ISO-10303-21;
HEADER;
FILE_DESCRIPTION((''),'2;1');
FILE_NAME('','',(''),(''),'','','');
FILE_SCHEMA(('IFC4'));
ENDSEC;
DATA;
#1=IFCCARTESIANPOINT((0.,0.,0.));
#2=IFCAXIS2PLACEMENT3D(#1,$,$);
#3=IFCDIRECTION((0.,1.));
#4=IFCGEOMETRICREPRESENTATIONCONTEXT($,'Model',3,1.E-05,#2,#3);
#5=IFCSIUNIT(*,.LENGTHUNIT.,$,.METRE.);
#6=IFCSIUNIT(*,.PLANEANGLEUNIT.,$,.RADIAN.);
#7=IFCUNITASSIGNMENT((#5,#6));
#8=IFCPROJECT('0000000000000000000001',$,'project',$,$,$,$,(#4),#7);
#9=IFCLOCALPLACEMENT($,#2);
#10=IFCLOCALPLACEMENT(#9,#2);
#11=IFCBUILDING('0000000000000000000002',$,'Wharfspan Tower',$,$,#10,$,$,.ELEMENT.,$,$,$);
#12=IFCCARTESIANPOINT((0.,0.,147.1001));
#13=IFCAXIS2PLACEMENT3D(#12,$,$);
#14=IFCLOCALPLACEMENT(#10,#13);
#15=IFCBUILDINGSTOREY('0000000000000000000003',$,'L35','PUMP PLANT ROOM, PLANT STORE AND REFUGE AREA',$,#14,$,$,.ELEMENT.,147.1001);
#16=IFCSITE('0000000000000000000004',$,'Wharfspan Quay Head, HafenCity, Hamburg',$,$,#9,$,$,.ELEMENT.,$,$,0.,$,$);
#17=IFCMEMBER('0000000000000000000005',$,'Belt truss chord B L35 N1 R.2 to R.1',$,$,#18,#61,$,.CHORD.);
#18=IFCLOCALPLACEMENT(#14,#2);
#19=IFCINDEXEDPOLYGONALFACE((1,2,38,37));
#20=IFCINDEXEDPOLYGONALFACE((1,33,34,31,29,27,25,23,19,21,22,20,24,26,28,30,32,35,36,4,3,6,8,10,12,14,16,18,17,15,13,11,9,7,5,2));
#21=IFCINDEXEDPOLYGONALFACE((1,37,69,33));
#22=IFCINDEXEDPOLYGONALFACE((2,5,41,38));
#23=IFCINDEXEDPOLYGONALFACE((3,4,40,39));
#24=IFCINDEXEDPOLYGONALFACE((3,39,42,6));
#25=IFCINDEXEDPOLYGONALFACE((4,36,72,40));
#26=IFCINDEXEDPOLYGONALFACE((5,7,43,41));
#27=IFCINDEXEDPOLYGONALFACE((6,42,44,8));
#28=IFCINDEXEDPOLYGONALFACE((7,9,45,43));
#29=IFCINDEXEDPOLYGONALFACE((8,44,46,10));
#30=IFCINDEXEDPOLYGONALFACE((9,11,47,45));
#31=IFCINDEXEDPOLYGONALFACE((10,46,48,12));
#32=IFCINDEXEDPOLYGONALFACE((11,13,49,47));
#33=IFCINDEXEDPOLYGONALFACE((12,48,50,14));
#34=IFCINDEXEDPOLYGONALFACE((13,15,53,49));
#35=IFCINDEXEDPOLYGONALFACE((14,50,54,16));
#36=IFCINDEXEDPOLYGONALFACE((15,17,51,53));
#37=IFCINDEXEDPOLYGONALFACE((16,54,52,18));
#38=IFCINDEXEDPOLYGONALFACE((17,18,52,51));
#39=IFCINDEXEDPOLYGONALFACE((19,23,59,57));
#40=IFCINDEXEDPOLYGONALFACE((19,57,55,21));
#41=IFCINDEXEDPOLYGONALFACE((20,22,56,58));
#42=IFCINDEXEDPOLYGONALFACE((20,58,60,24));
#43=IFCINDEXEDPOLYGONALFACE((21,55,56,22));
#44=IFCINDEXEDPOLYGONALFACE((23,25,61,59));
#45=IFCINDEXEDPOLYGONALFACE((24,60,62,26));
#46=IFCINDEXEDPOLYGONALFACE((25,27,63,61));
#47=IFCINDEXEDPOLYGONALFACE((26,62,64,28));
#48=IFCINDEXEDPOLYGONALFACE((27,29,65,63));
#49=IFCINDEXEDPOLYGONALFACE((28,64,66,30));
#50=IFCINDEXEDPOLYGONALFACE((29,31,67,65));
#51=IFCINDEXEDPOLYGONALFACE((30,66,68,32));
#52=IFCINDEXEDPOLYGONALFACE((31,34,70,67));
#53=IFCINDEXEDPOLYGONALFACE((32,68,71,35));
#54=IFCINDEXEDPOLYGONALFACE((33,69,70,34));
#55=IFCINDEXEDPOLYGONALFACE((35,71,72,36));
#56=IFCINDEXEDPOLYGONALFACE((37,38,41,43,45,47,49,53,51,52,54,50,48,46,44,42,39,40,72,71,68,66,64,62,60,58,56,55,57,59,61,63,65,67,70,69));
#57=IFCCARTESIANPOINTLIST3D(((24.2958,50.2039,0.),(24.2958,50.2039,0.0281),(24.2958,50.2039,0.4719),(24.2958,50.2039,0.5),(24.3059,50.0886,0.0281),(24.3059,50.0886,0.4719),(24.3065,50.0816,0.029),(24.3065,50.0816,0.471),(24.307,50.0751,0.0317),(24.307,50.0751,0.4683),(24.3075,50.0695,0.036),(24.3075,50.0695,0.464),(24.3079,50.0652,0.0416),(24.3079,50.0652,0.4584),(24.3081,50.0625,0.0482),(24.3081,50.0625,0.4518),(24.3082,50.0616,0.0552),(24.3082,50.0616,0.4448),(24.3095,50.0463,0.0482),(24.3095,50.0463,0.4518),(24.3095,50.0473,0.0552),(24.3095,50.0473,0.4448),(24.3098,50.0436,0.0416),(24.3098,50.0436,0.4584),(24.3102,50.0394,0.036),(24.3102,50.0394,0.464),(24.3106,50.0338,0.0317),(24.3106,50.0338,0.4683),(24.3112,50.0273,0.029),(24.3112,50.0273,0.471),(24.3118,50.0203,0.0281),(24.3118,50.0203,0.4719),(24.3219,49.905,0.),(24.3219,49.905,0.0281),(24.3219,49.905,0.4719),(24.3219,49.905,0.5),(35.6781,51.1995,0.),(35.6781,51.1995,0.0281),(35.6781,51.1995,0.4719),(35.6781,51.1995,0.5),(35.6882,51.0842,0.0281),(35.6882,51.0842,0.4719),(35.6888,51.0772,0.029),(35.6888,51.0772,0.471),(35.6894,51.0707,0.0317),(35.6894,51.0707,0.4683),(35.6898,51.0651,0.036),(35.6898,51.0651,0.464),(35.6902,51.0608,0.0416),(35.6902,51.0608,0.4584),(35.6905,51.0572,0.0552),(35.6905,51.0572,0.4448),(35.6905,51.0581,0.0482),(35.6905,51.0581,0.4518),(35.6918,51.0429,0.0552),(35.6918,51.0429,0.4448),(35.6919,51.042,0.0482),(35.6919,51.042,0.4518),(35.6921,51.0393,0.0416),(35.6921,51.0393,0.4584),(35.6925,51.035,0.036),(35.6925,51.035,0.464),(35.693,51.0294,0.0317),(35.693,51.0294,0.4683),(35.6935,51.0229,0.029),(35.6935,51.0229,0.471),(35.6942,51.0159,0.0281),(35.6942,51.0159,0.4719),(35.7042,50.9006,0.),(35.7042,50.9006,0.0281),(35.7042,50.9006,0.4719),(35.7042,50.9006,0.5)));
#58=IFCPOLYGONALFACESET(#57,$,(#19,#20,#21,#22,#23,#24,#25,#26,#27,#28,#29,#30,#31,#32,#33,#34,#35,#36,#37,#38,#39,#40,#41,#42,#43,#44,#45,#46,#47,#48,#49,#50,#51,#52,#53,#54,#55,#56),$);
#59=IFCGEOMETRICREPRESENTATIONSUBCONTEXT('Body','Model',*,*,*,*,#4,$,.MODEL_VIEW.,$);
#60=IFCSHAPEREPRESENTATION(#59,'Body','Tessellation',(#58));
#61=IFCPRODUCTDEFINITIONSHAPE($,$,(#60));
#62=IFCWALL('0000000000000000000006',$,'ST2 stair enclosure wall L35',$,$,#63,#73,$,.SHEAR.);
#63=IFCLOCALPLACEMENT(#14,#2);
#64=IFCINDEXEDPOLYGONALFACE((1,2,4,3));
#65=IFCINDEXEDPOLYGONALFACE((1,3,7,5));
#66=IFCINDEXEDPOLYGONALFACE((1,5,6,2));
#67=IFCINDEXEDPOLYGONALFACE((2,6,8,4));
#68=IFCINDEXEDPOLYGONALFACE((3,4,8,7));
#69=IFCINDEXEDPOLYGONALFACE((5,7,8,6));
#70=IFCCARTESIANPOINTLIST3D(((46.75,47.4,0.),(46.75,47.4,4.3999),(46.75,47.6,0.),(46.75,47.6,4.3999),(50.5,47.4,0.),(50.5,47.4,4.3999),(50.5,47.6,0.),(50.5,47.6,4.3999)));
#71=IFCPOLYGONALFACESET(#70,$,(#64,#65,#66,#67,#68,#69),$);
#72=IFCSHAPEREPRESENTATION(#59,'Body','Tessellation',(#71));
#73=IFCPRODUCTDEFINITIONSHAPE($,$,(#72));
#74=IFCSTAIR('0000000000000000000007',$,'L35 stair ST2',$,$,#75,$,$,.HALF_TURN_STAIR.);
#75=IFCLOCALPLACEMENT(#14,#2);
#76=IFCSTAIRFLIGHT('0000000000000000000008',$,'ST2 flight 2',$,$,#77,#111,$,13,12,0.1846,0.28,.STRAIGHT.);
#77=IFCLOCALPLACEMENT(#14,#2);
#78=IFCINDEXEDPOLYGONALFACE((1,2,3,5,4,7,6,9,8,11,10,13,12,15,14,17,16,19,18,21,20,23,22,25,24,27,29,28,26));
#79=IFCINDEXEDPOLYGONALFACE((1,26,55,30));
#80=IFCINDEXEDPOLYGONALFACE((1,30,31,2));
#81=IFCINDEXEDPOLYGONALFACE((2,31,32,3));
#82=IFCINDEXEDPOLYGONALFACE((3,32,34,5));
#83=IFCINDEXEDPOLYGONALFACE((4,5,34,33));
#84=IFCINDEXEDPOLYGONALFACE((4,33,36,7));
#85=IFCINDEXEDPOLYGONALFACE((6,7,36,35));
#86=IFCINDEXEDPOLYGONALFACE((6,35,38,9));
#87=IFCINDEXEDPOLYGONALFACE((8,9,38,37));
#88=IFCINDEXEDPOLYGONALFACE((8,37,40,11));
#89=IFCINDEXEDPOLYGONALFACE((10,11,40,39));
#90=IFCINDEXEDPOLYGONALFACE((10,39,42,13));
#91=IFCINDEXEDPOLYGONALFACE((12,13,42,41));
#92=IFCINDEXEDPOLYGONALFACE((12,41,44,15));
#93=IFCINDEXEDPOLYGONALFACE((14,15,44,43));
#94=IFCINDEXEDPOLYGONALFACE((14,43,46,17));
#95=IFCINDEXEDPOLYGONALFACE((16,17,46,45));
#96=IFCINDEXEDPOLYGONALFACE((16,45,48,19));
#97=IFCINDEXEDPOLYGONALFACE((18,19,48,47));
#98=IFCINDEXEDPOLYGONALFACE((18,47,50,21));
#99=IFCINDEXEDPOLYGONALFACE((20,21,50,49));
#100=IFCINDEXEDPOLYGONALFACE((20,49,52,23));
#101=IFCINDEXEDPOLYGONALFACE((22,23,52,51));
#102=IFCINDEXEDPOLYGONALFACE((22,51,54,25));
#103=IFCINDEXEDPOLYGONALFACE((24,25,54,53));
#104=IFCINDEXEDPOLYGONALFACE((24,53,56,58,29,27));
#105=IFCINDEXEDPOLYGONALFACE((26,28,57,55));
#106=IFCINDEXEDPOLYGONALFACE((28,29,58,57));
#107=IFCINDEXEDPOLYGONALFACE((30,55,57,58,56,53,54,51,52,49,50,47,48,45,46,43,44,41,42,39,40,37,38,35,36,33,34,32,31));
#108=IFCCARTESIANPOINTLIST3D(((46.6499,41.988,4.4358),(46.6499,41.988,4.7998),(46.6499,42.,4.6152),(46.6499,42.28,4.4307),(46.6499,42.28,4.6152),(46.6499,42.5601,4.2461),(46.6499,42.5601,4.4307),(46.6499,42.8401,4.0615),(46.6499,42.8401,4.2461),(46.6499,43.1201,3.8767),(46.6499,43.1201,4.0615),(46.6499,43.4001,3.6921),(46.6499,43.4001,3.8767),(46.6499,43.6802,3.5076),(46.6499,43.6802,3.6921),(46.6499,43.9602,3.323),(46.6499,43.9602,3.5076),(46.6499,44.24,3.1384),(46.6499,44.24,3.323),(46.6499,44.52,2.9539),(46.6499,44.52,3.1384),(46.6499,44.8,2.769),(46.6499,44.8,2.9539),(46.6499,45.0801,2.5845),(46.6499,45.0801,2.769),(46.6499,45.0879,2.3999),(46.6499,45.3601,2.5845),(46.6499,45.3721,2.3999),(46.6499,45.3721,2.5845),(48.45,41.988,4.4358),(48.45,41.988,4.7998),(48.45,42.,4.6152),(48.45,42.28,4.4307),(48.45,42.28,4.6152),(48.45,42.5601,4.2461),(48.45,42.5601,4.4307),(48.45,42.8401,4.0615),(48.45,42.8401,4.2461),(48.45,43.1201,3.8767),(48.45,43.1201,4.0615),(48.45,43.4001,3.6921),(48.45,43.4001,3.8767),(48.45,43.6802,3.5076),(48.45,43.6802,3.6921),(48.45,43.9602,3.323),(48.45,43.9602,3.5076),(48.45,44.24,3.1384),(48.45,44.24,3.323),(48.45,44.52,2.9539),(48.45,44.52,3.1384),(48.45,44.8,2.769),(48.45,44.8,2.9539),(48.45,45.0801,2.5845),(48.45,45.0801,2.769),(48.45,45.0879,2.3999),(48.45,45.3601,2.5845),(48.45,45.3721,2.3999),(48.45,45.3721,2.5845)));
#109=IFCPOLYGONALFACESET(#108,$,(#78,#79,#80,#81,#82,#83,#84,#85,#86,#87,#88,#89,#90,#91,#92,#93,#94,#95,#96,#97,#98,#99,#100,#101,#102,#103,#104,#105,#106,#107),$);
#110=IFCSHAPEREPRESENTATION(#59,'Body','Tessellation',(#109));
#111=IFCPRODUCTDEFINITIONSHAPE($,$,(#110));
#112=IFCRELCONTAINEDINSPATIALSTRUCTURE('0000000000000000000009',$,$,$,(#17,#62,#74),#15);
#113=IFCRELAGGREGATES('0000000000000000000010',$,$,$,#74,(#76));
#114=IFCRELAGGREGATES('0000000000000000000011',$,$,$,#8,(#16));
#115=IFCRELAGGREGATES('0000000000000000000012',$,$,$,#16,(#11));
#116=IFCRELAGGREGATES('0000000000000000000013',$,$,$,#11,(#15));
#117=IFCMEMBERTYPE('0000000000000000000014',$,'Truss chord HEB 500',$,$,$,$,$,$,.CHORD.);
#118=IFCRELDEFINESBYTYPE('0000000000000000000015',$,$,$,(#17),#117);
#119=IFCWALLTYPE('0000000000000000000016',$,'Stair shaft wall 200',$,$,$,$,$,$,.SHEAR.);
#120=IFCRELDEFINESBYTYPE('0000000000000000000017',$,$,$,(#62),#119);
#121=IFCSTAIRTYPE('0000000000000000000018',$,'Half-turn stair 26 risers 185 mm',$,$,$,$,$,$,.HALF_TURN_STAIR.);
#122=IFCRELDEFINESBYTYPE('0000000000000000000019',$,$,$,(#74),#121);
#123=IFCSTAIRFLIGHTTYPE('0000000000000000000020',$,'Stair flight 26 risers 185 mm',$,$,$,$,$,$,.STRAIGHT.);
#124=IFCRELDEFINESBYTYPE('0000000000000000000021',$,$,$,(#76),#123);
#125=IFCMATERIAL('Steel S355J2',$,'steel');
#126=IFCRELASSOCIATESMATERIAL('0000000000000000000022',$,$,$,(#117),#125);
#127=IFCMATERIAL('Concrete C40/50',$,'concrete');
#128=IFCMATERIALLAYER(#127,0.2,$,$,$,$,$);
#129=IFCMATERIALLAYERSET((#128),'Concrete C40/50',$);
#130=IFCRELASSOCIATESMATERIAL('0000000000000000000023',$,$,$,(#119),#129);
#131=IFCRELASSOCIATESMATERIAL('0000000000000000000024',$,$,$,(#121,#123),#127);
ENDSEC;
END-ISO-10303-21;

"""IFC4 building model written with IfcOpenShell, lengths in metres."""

from ifc_helpers import new_model, si_unit, direction, frame, frame_2d, origin, origin_2d, place, context, subcontext, project, spatial, polyline, rectangle, i_section, outline, extrude, material, layer, layer_set, material_profile, profile_set, type_object, element, aggregate, save


model = new_model("IFC4")

# Units and contexts
model_context = context("Model", 3, precision=1e-05, world=origin(), true_north=direction((0.0, 1.0)))
body_context = subcontext(model_context, "Body", "Model", "MODEL_VIEW")
ifc_project = project(units=[si_unit("LENGTHUNIT", "METRE"), si_unit("PLANEANGLEUNIT", "RADIAN")], contexts=[model_context])

# Site, building, storey
site_placement = place(None, origin())
site = spatial("IfcSite", under=ifc_project, at=site_placement, Name="Wharfspan Quay Head, HafenCity, Hamburg", CompositionType="ELEMENT", RefElevation=0.0)
building_placement = place(site_placement, origin())
building = spatial("IfcBuilding", under=site, at=building_placement, Name="Wharfspan Tower", CompositionType="ELEMENT")
storey_placement = place(building_placement, frame((0.0, 0.0, 147.1001)))
storey = spatial("IfcBuildingStorey", under=building, at=storey_placement, Name="L35", Description="PUMP PLANT ROOM, PLANT STORE AND REFUGE AREA", CompositionType="ELEMENT", Elevation=147.1001)

# Shared definitions
ifc_material_1 = material(Name="Steel S355J2", Category="steel")

# Member
ifc_material_profile_1 = material_profile(ifc_material_1, i_section(OverallWidth=0.3, OverallDepth=0.5, WebThickness=0.0144, FlangeThickness=0.0281, FilletRadius=0.0271, at=origin_2d()))
ifc_profile_set_1 = profile_set([ifc_material_profile_1], Name="Steel S355J2")
member_type = type_object("IfcMemberType", Name="Truss chord HEB 500", PredefinedType="CHORD", material=ifc_profile_set_1)
for number, where, z_axis, x_axis, name in (
    (1, (35.6912, 51.05, 0.25), (-0.996196, -0.087137, 0.0), (0.087137, -0.996196, 0.0), "Belt truss chord B L35 N1 R.2 to R.1"),
):
    element("IfcMember", number, at=place(storey_placement, frame(where, z_axis=z_axis, x_axis=x_axis)), inside=storey, type_object=member_type, Name=name, PredefinedType="CHORD", context=body_context, shape_type="SweptSolid", body=[
        extrude(i_section(OverallWidth=0.3, OverallDepth=0.5, WebThickness=0.0144, FlangeThickness=0.0281, FilletRadius=0.0271, at=origin_2d()), origin(), (0.0, 0.0, 1.0), 11.4258),
    ])

# Wall
ifc_material_2 = material(Name="Concrete C40/50", Category="concrete")
ifc_layer = layer(ifc_material_2, 0.2)
ifc_layer_set = layer_set([ifc_layer], Name="Concrete C40/50")
wall_type = type_object("IfcWallType", Name="Stair shaft wall 200", PredefinedType="SHEAR", material=ifc_layer_set)
wall_placement = place(storey_placement, frame((46.75, 47.5, 0.0), z_axis=(0.0, 0.0, 1.0), x_axis=(1.0, 0.0, 0.0)))
element("IfcWall", 2, at=wall_placement, inside=storey, type_object=wall_type, Name="ST2 stair enclosure wall L35", PredefinedType="SHEAR", context=body_context, shape_type="SweptSolid", body=[
    extrude(rectangle(XDim=3.75, YDim=0.2, at=frame_2d((1.875, 0.0))), origin(), (0.0, 0.0, 1.0), 4.3999),
])

# Stair, stair flight
stair_type = type_object("IfcStairType", Name="Half-turn stair 26 risers 185 mm", PredefinedType="HALF_TURN_STAIR", material=ifc_material_2)
stair_placement = place(storey_placement, origin())
stair = element("IfcStair", 3, at=stair_placement, inside=storey, type_object=stair_type, Name="L35 stair ST2", PredefinedType="HALF_TURN_STAIR")
stair_flight_type = type_object("IfcStairFlightType", Name="Stair flight 26 risers 185 mm", PredefinedType="STRAIGHT", material=ifc_material_2)
stair_flight_placement = place(storey_placement, frame((47.55, 45.3601, 2.3999), z_axis=(0.0, 0.0, 1.0), x_axis=(0.0, -1.0, 0.0)))
stair_flight = element("IfcStairFlight", 4, at=stair_flight_placement, type_object=stair_flight_type, Name="ST2 flight 2", NumberOfRisers=13, NumberOfTreads=12, PredefinedType="STRAIGHT", RiserHeight=0.1846, TreadLength=0.28, context=body_context, shape_type="SweptSolid", body=[
    extrude(outline(polyline([(-0.012, 0.0), (-0.012, 0.1846), (0.0, 0.1846), (0.28, 0.1846), (0.28, 0.3691), (0.5601, 0.3691), (0.5601, 0.554), (0.8401, 0.554), (0.8401, 0.7385), (1.1201, 0.7385), (1.1201, 0.9231), (1.3999, 0.9231), (1.3999, 1.1077), (1.6799, 1.1077), (1.6799, 1.2922), (1.96, 1.2922), (1.96, 1.4768), (2.24, 1.4768), (2.24, 1.6616), (2.52, 1.6616), (2.52, 1.8462), (2.8, 1.8462), (2.8, 2.0308), (3.0801, 2.0308), (3.0801, 2.2153), (3.3601, 2.2153), (3.3721, 2.3999), (3.3721, 2.0359), (0.2722, 0.0), (-0.012, 0.0)])), frame((0.0, 0.8999, 0.0), z_axis=(0.0, -1.0, 0.0), x_axis=(1.0, 0.0, 0.0)), (0.0, 0.0, 1.0), 1.8),
])
aggregate(stair, [stair_flight])

save(model, "model.ifc")
